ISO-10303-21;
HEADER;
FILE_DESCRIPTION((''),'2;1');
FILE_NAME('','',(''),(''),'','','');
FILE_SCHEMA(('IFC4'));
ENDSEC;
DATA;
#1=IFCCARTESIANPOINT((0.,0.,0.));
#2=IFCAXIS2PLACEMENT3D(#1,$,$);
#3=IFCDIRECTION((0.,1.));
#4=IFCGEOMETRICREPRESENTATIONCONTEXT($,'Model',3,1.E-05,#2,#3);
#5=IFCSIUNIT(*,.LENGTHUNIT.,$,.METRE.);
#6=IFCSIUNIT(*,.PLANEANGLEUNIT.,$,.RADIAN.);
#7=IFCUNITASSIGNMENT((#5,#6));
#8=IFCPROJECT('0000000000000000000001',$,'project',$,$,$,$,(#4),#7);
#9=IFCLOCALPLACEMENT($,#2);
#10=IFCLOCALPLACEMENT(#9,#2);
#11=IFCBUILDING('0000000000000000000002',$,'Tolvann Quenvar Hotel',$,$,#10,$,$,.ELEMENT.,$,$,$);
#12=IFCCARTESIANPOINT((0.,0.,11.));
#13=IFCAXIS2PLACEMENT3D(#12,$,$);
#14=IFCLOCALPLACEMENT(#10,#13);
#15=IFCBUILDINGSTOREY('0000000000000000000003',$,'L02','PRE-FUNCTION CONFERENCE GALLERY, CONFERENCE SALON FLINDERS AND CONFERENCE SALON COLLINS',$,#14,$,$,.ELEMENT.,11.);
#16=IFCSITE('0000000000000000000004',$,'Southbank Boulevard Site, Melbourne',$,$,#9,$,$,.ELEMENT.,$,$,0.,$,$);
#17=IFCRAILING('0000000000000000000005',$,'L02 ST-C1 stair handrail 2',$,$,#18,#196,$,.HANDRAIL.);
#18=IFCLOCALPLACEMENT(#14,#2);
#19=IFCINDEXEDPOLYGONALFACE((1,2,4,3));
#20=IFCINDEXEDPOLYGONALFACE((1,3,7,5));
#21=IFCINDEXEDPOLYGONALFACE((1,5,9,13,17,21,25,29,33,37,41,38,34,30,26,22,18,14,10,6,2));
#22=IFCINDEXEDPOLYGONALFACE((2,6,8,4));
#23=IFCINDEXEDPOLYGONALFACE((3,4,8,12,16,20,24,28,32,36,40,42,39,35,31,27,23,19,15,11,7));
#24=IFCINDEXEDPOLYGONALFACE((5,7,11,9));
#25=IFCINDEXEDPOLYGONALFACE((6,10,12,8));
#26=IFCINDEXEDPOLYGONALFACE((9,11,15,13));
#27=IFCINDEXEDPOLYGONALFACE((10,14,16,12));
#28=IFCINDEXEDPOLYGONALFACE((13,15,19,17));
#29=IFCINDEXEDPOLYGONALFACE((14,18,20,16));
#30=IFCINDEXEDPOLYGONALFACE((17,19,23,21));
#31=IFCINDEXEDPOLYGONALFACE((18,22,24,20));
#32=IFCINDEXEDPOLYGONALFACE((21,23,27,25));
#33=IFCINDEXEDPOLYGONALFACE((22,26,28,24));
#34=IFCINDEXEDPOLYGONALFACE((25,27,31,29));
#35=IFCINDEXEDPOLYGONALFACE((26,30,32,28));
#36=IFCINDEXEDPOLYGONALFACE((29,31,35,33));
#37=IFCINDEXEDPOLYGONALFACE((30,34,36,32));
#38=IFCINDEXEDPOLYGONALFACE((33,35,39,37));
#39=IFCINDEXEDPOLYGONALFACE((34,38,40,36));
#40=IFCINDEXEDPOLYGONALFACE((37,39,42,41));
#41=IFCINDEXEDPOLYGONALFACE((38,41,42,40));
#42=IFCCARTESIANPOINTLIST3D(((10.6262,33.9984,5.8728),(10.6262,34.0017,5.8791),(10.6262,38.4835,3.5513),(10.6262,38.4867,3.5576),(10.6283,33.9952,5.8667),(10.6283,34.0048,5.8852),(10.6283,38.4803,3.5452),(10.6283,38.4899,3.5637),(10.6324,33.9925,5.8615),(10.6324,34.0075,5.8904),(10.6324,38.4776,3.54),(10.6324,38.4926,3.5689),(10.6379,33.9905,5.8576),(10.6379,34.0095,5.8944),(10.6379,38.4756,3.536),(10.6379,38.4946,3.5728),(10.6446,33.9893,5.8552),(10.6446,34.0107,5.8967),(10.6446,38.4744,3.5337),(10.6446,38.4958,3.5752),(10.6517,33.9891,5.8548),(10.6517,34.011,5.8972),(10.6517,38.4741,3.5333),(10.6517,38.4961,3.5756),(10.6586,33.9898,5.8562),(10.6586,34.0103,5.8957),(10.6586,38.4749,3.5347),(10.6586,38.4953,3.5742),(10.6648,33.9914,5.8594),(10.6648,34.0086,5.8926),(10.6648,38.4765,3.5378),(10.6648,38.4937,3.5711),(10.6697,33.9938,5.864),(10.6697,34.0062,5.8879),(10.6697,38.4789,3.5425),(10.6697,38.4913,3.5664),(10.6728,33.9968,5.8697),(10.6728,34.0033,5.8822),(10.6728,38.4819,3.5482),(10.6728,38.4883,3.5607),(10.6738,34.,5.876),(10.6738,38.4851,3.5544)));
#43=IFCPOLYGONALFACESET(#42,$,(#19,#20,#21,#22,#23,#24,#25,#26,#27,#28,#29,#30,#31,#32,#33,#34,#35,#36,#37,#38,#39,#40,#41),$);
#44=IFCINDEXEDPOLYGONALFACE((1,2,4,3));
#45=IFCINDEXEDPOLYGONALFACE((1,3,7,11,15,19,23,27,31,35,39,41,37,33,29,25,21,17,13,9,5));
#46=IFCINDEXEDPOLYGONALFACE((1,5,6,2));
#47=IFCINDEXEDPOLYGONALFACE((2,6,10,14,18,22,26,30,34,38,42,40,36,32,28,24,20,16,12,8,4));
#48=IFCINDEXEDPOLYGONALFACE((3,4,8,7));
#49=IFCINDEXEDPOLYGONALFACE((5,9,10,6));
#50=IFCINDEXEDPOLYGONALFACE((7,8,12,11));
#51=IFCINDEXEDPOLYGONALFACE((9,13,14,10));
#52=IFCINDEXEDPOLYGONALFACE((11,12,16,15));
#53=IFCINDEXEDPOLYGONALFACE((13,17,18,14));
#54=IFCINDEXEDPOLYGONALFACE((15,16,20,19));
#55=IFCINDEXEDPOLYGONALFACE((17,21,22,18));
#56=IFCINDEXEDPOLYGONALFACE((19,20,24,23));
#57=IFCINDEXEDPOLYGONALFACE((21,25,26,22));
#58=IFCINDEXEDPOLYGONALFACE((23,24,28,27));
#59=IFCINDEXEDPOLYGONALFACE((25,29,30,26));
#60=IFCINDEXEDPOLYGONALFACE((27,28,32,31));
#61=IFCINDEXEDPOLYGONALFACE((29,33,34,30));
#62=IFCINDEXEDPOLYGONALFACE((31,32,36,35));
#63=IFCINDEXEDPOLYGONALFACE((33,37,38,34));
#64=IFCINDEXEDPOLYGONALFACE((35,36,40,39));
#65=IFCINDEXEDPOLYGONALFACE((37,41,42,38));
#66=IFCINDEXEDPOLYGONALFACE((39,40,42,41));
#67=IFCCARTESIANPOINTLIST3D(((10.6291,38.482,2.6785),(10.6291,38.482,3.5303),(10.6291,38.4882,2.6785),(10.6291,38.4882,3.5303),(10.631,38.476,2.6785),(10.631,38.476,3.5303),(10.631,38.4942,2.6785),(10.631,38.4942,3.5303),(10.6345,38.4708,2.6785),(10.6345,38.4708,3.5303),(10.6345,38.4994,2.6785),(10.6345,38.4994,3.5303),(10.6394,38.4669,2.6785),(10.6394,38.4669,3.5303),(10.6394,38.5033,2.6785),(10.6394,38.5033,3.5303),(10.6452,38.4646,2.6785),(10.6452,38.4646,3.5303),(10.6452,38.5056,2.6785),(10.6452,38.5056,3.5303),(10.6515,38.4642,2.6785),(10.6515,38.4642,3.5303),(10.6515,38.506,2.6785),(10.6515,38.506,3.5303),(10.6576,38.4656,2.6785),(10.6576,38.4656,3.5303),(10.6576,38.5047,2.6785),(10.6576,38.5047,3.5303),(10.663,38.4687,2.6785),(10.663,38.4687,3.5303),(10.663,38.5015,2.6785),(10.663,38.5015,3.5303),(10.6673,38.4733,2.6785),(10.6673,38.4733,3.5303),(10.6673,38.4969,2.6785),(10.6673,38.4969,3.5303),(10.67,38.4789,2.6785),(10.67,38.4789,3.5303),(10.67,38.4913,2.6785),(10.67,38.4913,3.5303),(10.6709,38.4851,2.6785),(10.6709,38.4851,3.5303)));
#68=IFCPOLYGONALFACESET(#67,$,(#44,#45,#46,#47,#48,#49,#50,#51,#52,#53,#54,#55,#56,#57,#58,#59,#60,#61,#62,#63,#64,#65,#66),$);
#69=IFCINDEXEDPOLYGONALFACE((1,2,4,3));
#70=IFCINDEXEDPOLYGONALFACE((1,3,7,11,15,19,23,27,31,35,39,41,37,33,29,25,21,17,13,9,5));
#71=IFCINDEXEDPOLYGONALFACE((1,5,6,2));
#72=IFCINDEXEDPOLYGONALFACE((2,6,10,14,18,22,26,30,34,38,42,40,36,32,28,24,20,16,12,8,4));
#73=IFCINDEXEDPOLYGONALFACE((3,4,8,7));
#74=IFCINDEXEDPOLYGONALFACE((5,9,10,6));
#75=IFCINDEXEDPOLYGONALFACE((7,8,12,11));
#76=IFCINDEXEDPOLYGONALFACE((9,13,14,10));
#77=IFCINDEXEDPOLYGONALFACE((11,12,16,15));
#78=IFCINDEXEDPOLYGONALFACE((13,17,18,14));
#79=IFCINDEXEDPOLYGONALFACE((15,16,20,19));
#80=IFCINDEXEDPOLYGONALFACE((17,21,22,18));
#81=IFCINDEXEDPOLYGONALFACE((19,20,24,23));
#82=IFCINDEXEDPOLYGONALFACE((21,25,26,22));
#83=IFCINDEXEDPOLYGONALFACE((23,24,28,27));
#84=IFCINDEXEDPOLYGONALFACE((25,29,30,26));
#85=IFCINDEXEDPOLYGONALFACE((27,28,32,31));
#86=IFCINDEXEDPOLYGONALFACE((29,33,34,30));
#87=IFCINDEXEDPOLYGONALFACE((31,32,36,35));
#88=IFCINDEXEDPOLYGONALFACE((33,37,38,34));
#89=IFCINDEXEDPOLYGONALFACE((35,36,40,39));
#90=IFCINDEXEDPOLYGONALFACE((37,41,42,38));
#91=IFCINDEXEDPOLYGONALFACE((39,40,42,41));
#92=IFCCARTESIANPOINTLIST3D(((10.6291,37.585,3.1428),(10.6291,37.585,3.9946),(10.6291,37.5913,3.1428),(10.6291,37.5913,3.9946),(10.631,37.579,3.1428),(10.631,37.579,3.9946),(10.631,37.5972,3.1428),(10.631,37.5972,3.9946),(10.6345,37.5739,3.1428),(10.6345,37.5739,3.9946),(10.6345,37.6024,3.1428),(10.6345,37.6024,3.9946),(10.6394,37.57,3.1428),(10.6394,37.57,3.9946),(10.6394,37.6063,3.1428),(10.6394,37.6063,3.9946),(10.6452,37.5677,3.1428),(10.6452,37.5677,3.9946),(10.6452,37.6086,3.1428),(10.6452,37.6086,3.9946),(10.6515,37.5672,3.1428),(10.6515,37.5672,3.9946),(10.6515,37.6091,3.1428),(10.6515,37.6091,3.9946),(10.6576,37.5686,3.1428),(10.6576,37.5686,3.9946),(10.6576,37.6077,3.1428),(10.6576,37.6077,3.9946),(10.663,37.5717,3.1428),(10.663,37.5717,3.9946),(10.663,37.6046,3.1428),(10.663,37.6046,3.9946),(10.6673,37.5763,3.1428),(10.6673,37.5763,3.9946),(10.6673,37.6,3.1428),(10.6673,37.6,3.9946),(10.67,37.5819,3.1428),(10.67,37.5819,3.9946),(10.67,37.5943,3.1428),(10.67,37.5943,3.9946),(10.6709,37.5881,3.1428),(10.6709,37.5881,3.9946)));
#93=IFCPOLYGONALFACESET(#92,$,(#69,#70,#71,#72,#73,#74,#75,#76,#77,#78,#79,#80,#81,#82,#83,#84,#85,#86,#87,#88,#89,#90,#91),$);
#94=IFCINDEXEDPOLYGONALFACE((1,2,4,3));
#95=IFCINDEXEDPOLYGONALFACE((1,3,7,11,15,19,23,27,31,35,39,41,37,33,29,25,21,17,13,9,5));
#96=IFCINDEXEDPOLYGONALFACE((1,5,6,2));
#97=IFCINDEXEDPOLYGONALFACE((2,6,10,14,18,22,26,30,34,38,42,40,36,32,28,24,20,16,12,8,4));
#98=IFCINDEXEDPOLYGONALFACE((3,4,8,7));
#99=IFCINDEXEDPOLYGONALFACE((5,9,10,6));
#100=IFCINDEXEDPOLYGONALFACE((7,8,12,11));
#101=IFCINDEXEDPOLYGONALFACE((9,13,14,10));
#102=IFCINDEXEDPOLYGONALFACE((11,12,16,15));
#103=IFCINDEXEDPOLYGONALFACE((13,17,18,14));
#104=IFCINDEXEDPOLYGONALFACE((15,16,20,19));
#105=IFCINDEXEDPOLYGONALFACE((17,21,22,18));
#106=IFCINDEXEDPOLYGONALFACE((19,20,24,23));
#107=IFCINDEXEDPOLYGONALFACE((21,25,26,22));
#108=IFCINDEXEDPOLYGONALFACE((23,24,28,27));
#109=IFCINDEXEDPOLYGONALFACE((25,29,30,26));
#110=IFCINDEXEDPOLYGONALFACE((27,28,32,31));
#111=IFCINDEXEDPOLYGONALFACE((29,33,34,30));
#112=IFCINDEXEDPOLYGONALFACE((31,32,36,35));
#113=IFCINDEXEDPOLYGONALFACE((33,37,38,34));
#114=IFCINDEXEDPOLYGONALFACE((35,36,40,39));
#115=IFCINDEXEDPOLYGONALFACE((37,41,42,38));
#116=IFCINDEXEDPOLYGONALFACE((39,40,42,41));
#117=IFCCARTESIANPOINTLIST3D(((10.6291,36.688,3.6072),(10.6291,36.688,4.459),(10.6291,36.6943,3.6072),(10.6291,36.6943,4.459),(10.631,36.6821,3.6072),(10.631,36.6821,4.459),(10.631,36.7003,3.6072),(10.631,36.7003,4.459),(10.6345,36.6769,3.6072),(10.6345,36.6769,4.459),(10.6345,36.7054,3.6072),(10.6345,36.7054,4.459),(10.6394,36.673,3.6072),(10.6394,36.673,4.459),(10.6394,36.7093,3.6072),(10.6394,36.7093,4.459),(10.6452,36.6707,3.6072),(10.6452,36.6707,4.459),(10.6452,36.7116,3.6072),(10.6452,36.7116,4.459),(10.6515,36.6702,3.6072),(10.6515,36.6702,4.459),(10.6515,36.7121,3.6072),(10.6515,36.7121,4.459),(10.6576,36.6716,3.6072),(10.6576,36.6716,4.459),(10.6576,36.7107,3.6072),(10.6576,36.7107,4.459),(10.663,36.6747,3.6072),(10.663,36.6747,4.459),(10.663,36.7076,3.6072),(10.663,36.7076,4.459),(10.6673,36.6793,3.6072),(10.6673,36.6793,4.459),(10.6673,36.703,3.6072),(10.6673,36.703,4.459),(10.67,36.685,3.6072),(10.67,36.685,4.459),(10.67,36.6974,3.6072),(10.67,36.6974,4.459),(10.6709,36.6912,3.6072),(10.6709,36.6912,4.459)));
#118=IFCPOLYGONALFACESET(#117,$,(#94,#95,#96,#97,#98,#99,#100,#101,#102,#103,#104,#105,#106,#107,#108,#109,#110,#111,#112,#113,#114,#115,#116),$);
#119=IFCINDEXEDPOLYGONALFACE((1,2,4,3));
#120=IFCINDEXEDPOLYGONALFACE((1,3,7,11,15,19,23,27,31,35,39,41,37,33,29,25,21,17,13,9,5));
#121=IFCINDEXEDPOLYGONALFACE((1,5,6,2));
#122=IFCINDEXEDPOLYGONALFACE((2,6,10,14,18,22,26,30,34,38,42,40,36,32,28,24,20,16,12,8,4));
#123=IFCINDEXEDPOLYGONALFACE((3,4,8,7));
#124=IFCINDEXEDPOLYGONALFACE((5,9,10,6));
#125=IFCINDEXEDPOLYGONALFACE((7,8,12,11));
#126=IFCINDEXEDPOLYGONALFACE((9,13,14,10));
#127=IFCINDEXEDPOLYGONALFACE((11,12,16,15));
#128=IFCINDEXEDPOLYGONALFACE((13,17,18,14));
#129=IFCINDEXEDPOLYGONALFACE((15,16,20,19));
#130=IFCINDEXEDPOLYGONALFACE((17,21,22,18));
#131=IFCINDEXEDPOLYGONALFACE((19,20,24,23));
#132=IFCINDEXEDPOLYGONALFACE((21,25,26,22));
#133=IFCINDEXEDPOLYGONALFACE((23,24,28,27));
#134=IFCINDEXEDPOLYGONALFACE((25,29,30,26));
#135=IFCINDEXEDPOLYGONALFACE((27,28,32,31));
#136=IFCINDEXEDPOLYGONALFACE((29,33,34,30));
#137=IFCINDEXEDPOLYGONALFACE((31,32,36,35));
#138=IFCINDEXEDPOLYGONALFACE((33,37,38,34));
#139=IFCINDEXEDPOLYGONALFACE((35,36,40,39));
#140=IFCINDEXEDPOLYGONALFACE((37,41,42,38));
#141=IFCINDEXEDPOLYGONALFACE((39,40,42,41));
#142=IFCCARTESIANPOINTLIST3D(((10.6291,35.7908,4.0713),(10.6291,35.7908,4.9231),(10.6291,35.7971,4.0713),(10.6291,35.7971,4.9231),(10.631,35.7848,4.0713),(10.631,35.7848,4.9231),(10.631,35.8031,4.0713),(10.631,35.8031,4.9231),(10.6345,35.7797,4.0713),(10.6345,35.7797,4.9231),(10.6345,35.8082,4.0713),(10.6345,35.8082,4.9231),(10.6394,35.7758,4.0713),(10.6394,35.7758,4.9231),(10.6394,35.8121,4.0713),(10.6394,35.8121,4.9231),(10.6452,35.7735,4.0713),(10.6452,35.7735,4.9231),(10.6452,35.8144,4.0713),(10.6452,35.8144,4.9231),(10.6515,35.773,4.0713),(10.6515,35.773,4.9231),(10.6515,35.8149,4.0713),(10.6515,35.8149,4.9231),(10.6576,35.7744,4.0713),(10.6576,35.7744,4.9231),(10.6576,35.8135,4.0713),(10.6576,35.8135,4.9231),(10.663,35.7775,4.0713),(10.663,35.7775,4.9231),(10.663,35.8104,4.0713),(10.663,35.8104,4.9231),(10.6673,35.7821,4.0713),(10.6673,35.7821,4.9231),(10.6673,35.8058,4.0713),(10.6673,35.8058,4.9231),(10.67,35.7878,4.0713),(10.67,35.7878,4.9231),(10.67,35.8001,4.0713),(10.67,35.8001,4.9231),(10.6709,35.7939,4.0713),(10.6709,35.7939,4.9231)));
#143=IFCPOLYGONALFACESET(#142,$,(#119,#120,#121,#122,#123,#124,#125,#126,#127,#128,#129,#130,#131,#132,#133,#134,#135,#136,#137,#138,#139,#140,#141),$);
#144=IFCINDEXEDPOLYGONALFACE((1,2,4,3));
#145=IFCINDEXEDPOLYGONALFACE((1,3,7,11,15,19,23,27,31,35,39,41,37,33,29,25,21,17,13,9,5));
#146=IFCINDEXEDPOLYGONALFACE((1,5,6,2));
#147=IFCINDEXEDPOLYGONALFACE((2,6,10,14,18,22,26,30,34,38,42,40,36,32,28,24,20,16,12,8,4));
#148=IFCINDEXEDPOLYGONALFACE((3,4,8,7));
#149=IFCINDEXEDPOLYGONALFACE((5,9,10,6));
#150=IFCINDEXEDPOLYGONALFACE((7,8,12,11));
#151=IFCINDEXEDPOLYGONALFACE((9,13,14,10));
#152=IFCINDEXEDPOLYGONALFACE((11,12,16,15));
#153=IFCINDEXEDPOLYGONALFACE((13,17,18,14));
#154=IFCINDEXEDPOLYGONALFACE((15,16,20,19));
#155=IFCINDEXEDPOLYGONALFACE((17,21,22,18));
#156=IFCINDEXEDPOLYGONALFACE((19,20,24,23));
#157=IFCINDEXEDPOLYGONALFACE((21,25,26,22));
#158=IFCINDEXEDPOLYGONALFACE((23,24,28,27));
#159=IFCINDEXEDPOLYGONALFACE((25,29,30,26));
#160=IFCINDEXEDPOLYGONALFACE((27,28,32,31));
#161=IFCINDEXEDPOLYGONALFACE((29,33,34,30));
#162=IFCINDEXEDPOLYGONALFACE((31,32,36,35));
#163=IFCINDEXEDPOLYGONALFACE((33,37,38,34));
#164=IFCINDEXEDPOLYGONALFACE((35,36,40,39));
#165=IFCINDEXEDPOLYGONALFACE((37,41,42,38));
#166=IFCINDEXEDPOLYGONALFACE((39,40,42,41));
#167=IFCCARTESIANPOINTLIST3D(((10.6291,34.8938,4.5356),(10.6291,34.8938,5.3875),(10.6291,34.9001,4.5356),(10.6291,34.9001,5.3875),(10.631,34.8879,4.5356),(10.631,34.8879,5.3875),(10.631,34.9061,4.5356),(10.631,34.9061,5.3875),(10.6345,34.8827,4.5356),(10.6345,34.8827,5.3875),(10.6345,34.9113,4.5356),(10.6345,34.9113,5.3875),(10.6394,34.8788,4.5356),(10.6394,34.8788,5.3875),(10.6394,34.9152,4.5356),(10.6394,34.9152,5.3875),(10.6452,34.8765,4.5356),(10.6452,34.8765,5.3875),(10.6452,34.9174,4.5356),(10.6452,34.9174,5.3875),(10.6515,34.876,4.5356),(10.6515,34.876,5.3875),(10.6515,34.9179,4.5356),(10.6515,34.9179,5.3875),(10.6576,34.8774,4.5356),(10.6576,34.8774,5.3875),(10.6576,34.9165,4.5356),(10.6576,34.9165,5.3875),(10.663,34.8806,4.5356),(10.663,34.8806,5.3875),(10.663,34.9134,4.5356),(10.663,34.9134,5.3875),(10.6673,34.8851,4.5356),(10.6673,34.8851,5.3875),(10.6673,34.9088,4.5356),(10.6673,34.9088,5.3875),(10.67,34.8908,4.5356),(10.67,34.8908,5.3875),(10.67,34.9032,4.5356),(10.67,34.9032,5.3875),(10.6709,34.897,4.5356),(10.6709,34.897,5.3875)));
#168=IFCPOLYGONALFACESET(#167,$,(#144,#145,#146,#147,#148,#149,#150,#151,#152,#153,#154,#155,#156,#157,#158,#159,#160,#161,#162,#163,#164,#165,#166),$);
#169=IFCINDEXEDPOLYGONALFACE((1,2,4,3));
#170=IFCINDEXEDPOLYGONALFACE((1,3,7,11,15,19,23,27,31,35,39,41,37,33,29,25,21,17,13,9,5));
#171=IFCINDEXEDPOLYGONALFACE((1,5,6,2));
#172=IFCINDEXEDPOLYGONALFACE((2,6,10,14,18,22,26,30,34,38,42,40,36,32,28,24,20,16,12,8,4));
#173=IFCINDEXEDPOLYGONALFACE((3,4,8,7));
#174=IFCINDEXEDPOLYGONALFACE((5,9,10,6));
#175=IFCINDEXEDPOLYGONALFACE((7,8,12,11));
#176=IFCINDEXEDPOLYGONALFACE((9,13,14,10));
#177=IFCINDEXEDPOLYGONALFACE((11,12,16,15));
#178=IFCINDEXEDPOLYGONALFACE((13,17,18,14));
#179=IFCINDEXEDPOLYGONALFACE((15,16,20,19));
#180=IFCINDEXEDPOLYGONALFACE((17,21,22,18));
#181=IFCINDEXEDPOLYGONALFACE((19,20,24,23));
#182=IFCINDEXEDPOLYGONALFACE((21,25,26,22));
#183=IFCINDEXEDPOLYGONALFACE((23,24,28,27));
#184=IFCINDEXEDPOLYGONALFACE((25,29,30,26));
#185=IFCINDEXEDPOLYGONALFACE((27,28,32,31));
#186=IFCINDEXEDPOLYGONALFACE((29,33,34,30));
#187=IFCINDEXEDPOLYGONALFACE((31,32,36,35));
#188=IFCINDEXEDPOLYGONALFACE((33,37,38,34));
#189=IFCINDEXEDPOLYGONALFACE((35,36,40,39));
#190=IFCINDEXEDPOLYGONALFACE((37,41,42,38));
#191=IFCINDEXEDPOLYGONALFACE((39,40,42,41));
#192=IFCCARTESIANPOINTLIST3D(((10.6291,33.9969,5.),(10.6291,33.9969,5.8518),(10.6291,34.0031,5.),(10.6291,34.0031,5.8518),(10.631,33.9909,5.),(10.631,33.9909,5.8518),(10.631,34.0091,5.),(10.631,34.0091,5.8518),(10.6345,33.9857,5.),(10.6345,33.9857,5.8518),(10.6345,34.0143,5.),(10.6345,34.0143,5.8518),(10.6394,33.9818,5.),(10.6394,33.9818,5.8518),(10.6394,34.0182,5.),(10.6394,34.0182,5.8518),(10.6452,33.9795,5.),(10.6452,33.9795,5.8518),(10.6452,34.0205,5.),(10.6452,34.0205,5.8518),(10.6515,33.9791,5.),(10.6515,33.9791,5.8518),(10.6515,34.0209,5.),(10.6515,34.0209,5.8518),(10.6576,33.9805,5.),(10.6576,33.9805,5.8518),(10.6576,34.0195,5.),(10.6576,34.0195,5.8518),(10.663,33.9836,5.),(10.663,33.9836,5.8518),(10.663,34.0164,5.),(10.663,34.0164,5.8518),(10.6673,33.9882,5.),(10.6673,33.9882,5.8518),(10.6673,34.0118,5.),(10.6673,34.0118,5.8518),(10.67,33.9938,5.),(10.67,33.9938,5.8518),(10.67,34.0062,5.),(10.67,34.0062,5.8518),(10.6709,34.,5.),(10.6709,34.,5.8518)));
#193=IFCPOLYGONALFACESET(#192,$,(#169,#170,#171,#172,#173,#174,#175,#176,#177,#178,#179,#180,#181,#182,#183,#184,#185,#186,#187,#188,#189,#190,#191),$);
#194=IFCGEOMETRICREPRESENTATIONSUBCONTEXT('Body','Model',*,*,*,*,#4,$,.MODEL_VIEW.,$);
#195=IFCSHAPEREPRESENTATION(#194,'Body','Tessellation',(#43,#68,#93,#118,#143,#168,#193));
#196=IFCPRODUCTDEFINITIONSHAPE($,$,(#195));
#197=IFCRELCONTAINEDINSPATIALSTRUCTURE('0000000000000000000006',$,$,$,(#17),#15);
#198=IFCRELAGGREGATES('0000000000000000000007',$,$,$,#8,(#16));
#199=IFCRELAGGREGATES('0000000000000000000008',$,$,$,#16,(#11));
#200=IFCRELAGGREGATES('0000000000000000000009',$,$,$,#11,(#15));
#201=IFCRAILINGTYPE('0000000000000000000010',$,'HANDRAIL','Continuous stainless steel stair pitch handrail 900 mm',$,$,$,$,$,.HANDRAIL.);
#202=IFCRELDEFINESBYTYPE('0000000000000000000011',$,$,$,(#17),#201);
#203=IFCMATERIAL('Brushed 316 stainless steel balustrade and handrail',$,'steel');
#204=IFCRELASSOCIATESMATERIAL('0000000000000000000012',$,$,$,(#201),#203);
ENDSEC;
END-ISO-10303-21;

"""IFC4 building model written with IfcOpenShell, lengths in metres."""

from ifc_helpers import new_model, si_unit, direction, frame, origin, origin_2d, place, context, subcontext, project, spatial, circle, extrude, material, type_object, element, save


model = new_model("IFC4")

# Units and contexts
model_context = context("Model", 3, precision=1e-05, world=origin(), true_north=direction((0.0, 1.0)))
body_context = subcontext(model_context, "Body", "Model", "MODEL_VIEW")
ifc_project = project(units=[si_unit("LENGTHUNIT", "METRE"), si_unit("PLANEANGLEUNIT", "RADIAN")], contexts=[model_context])

# Site, building, storey
site_placement = place(None, origin())
site = spatial("IfcSite", under=ifc_project, at=site_placement, Name="Southbank Boulevard Site, Melbourne", CompositionType="ELEMENT", RefElevation=0.0)
building_placement = place(site_placement, origin())
building = spatial("IfcBuilding", under=site, at=building_placement, Name="Tolvann Quenvar Hotel", CompositionType="ELEMENT")
storey_placement = place(building_placement, frame((0.0, 0.0, 11.0)))
storey = spatial("IfcBuildingStorey", under=building, at=storey_placement, Name="L02", Description="PRE-FUNCTION CONFERENCE GALLERY, CONFERENCE SALON FLINDERS AND CONFERENCE SALON COLLINS", CompositionType="ELEMENT", Elevation=11.0)

# Railing
ifc_material_1 = material(Name="Brushed 316 stainless steel balustrade and handrail", Category="steel")
railing_type_1 = type_object("IfcRailingType", Name="HANDRAIL", Description="Continuous stainless steel stair pitch handrail 900 mm", PredefinedType="HANDRAIL", material=ifc_material_1)
railing_1_placement = place(storey_placement, frame((10.6499, 38.4851, 2.6785)))
element("IfcRailing", 1, at=railing_1_placement, inside=storey, type_object=railing_type_1, Name="L02 ST-C1 stair handrail 2", PredefinedType="HANDRAIL", context=body_context, shape_type="SweptSolid", body=[
    extrude(circle(Radius=0.0239, at=origin_2d()), frame((0.0, 0.0, 0.876), z_axis=(0.0, -0.888084, 0.459681), x_axis=(1.0, 0.0, 0.0)), (0.0, 0.0, 1.0), 5.0503),
    extrude(circle(Radius=0.021, at=origin_2d()), origin(), (0.0, 0.0, 1.0), 0.8518),
    extrude(circle(Radius=0.021, at=origin_2d()), frame((0.0, -0.897, 0.4644)), (0.0, 0.0, 1.0), 0.8518),
    extrude(circle(Radius=0.021, at=origin_2d()), frame((0.0, -1.7939, 0.9287)), (0.0, 0.0, 1.0), 0.8518),
    extrude(circle(Radius=0.021, at=origin_2d()), frame((0.0, -2.6912, 1.3928)), (0.0, 0.0, 1.0), 0.8518),
    extrude(circle(Radius=0.021, at=origin_2d()), frame((0.0, -3.5881, 1.8572)), (0.0, 0.0, 1.0), 0.8518),
    extrude(circle(Radius=0.021, at=origin_2d()), frame((0.0, -4.4851, 2.3215)), (0.0, 0.0, 1.0), 0.8518),
])

save(model, "model.ifc")
